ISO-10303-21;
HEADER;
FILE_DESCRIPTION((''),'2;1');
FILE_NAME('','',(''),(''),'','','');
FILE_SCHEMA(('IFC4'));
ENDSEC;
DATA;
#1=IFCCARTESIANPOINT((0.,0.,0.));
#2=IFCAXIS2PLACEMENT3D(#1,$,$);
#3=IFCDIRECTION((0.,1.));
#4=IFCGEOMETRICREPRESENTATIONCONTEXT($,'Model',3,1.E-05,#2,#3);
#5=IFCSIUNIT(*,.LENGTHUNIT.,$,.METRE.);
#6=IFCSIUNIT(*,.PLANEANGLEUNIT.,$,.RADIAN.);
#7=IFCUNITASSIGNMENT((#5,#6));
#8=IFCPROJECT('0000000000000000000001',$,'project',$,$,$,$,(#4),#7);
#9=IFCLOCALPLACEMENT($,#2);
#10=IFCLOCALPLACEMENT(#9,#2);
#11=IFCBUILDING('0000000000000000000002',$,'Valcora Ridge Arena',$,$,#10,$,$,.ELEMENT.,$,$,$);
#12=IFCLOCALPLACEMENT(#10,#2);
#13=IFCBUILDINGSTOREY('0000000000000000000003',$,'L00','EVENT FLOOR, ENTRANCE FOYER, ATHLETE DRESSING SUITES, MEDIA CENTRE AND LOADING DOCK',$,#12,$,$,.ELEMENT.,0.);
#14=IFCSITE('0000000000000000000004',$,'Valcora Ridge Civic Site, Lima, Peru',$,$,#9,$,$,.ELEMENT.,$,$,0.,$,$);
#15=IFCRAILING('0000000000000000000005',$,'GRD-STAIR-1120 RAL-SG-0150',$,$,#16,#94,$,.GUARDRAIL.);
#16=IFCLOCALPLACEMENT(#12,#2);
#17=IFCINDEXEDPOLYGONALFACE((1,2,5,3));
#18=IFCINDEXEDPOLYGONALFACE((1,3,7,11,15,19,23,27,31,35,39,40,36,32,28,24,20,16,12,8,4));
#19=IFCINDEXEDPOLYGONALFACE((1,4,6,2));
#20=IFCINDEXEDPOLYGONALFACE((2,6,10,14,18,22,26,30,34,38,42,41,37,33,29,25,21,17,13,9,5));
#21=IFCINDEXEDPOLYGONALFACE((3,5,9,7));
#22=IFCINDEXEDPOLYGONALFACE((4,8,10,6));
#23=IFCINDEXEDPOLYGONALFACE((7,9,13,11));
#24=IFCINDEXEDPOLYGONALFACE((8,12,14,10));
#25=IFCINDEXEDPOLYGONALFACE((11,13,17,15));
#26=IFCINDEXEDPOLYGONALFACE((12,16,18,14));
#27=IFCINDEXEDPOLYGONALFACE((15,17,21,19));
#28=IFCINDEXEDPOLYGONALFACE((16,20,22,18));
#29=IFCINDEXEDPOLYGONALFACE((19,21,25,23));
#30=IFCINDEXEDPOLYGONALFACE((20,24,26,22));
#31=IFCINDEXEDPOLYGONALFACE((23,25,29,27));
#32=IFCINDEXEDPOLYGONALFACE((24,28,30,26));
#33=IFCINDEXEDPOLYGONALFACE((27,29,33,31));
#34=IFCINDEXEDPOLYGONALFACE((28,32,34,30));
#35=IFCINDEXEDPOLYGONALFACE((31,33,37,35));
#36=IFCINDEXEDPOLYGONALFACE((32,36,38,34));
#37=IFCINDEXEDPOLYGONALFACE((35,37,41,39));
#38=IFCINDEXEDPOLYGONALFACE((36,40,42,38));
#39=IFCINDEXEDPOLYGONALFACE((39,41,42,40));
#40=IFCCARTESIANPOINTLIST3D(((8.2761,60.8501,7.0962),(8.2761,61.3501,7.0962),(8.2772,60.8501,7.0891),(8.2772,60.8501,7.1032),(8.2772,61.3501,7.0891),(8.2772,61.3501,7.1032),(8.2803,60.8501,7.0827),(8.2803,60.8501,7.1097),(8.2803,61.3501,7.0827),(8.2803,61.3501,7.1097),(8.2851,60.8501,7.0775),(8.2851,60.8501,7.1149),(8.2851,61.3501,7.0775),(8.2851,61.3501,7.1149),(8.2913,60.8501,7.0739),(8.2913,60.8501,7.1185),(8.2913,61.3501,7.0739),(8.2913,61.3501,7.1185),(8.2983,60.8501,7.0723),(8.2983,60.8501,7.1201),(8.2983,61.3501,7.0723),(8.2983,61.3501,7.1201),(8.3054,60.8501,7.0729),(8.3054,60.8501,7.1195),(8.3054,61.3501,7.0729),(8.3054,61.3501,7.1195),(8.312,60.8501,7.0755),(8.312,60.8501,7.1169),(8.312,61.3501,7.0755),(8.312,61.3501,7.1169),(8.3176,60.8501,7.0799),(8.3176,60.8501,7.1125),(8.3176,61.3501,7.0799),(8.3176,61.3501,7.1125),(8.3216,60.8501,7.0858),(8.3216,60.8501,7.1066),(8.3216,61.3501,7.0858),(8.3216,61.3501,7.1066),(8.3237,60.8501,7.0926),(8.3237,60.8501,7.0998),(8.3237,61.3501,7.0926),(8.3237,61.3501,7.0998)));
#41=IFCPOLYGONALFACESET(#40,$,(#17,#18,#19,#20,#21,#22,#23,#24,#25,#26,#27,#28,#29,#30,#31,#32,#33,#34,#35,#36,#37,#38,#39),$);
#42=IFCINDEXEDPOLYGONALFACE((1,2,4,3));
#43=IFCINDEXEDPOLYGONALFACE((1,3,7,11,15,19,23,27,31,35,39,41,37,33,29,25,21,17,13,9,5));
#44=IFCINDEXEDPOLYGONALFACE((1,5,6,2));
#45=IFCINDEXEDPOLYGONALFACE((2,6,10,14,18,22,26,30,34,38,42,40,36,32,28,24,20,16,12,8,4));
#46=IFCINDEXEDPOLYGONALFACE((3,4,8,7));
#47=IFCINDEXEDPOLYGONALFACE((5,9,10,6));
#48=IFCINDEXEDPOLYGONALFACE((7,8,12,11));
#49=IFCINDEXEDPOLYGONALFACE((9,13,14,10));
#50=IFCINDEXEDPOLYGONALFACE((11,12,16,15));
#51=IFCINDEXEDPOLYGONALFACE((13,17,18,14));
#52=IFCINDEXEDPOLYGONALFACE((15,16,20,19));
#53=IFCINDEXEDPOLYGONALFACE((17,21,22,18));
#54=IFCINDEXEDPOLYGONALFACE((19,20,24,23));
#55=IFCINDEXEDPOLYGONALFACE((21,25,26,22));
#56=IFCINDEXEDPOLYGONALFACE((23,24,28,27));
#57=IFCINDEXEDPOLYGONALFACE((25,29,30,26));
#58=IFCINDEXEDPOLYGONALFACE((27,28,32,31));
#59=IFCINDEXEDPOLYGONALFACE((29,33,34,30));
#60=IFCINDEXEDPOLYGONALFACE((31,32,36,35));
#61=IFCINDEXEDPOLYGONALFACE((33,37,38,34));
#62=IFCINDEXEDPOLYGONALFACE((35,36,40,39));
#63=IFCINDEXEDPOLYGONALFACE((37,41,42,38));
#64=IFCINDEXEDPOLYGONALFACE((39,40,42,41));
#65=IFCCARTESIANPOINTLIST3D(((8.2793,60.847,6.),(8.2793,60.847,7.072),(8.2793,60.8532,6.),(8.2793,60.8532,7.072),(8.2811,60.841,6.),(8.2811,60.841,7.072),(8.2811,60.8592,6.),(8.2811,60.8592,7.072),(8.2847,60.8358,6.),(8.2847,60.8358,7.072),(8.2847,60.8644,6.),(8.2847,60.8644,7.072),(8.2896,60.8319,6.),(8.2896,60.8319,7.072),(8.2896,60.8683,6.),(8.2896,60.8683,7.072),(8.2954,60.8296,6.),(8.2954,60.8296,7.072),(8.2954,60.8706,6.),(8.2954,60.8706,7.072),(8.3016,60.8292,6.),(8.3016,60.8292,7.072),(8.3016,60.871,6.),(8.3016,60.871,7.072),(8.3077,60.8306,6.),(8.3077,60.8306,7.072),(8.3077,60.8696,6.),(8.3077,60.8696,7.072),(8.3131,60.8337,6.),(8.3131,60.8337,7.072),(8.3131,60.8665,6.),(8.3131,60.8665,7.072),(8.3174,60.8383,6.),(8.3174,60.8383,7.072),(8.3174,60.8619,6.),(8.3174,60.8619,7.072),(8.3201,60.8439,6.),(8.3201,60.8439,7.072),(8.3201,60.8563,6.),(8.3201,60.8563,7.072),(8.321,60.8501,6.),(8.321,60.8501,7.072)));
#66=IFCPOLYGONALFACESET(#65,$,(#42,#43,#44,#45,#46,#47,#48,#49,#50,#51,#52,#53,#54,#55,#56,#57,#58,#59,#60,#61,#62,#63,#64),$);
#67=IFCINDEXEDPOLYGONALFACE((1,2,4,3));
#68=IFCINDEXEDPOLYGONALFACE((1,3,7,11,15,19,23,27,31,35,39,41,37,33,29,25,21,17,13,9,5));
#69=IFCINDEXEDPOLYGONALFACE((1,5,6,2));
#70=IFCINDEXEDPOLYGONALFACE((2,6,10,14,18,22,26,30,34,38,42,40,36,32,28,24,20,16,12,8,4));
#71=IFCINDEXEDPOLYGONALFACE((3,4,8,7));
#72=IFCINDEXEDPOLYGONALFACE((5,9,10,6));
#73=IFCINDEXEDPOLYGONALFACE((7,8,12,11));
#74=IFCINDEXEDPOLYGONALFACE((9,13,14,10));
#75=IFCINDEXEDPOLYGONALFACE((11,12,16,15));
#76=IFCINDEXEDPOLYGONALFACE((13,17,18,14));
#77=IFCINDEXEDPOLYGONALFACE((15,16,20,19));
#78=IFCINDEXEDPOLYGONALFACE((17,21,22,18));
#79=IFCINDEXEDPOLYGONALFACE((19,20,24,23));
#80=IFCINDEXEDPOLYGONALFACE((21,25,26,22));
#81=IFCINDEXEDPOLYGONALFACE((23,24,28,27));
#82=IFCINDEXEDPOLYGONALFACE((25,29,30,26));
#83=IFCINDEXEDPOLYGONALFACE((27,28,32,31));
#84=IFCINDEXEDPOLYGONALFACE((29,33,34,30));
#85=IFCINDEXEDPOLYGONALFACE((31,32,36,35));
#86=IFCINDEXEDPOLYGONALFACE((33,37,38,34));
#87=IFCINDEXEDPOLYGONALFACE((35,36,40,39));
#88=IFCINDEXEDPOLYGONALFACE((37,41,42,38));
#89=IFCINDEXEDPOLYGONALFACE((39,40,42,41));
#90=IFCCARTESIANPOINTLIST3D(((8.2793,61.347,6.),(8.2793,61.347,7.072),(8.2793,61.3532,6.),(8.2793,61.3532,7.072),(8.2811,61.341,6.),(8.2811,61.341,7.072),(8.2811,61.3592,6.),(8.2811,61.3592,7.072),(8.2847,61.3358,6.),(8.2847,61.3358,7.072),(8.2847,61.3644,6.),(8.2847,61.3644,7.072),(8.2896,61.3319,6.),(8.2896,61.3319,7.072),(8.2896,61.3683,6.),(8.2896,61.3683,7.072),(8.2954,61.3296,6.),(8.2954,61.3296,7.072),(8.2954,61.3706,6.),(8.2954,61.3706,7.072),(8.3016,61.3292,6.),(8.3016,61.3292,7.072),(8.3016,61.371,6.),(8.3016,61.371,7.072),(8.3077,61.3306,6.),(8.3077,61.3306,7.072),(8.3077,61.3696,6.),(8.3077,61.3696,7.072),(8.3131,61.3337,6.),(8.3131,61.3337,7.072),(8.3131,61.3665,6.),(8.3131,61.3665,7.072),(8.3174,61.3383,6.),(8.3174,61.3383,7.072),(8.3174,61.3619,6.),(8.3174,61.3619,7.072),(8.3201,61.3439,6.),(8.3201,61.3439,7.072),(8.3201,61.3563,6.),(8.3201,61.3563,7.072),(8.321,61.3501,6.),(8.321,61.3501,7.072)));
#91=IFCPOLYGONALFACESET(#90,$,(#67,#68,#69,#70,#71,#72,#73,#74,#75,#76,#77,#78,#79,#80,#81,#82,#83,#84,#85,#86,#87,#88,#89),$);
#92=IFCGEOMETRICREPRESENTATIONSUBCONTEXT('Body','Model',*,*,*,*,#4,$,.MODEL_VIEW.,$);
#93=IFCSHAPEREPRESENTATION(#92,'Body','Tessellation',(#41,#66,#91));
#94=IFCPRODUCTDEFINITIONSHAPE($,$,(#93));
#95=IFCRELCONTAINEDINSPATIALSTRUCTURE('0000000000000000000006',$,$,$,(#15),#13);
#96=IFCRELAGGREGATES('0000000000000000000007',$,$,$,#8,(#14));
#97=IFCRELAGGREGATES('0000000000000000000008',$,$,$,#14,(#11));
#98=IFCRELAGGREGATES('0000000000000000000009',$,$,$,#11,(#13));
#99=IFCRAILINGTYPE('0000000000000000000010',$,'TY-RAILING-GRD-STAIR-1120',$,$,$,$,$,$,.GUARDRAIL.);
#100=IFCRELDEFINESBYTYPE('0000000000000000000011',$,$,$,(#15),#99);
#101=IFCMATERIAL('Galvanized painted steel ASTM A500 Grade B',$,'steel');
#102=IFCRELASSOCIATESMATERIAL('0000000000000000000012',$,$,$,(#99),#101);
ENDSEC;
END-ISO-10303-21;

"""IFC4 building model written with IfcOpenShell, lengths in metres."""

from ifc_helpers import new_model, si_unit, direction, frame, origin, origin_2d, place, context, subcontext, project, spatial, circle, extrude, material, type_object, element, save


model = new_model("IFC4")

# Units and contexts
model_context = context("Model", 3, precision=1e-05, world=origin(), true_north=direction((0.0, 1.0)))
body_context = subcontext(model_context, "Body", "Model", "MODEL_VIEW")
ifc_project = project(units=[si_unit("LENGTHUNIT", "METRE"), si_unit("PLANEANGLEUNIT", "RADIAN")], contexts=[model_context])

# Site, building, storey
site_placement = place(None, origin())
site = spatial("IfcSite", under=ifc_project, at=site_placement, Name="Valcora Ridge Civic Site, Lima, Peru", CompositionType="ELEMENT", RefElevation=0.0)
building_placement = place(site_placement, origin())
building = spatial("IfcBuilding", under=site, at=building_placement, Name="Valcora Ridge Arena", CompositionType="ELEMENT")
storey_placement = place(building_placement, origin())
storey = spatial("IfcBuildingStorey", under=building, at=storey_placement, Name="L00", Description="EVENT FLOOR, ENTRANCE FOYER, ATHLETE DRESSING SUITES, MEDIA CENTRE AND LOADING DOCK", CompositionType="ELEMENT", Elevation=0.0)

# Railing
ifc_material_1 = material(Name="Galvanized painted steel ASTM A500 Grade B", Category="steel")
railing_type_1 = type_object("IfcRailingType", Name="TY-RAILING-GRD-STAIR-1120", PredefinedType="GUARDRAIL", material=ifc_material_1)
railing_1_placement = place(storey_placement, frame((8.3, 60.8501, 6.0)))
element("IfcRailing", 1, at=railing_1_placement, inside=storey, type_object=railing_type_1, Name="GRD-STAIR-1120 RAL-SG-0150", PredefinedType="GUARDRAIL", context=body_context, shape_type="SweptSolid", body=[
    extrude(circle(Radius=0.0239, at=origin_2d()), frame((0.0, 0.0, 1.0962), z_axis=(0.0, 1.0, 0.0), x_axis=(-1.0, 0.0, 0.0)), (0.0, 0.0, 1.0), 0.5),
    extrude(circle(Radius=0.021, at=origin_2d()), origin(), (0.0, 0.0, 1.0), 1.072),
    extrude(circle(Radius=0.021, at=origin_2d()), frame((0.0, 0.5, 0.0)), (0.0, 0.0, 1.0), 1.072),
])

save(model, "model.ifc")
